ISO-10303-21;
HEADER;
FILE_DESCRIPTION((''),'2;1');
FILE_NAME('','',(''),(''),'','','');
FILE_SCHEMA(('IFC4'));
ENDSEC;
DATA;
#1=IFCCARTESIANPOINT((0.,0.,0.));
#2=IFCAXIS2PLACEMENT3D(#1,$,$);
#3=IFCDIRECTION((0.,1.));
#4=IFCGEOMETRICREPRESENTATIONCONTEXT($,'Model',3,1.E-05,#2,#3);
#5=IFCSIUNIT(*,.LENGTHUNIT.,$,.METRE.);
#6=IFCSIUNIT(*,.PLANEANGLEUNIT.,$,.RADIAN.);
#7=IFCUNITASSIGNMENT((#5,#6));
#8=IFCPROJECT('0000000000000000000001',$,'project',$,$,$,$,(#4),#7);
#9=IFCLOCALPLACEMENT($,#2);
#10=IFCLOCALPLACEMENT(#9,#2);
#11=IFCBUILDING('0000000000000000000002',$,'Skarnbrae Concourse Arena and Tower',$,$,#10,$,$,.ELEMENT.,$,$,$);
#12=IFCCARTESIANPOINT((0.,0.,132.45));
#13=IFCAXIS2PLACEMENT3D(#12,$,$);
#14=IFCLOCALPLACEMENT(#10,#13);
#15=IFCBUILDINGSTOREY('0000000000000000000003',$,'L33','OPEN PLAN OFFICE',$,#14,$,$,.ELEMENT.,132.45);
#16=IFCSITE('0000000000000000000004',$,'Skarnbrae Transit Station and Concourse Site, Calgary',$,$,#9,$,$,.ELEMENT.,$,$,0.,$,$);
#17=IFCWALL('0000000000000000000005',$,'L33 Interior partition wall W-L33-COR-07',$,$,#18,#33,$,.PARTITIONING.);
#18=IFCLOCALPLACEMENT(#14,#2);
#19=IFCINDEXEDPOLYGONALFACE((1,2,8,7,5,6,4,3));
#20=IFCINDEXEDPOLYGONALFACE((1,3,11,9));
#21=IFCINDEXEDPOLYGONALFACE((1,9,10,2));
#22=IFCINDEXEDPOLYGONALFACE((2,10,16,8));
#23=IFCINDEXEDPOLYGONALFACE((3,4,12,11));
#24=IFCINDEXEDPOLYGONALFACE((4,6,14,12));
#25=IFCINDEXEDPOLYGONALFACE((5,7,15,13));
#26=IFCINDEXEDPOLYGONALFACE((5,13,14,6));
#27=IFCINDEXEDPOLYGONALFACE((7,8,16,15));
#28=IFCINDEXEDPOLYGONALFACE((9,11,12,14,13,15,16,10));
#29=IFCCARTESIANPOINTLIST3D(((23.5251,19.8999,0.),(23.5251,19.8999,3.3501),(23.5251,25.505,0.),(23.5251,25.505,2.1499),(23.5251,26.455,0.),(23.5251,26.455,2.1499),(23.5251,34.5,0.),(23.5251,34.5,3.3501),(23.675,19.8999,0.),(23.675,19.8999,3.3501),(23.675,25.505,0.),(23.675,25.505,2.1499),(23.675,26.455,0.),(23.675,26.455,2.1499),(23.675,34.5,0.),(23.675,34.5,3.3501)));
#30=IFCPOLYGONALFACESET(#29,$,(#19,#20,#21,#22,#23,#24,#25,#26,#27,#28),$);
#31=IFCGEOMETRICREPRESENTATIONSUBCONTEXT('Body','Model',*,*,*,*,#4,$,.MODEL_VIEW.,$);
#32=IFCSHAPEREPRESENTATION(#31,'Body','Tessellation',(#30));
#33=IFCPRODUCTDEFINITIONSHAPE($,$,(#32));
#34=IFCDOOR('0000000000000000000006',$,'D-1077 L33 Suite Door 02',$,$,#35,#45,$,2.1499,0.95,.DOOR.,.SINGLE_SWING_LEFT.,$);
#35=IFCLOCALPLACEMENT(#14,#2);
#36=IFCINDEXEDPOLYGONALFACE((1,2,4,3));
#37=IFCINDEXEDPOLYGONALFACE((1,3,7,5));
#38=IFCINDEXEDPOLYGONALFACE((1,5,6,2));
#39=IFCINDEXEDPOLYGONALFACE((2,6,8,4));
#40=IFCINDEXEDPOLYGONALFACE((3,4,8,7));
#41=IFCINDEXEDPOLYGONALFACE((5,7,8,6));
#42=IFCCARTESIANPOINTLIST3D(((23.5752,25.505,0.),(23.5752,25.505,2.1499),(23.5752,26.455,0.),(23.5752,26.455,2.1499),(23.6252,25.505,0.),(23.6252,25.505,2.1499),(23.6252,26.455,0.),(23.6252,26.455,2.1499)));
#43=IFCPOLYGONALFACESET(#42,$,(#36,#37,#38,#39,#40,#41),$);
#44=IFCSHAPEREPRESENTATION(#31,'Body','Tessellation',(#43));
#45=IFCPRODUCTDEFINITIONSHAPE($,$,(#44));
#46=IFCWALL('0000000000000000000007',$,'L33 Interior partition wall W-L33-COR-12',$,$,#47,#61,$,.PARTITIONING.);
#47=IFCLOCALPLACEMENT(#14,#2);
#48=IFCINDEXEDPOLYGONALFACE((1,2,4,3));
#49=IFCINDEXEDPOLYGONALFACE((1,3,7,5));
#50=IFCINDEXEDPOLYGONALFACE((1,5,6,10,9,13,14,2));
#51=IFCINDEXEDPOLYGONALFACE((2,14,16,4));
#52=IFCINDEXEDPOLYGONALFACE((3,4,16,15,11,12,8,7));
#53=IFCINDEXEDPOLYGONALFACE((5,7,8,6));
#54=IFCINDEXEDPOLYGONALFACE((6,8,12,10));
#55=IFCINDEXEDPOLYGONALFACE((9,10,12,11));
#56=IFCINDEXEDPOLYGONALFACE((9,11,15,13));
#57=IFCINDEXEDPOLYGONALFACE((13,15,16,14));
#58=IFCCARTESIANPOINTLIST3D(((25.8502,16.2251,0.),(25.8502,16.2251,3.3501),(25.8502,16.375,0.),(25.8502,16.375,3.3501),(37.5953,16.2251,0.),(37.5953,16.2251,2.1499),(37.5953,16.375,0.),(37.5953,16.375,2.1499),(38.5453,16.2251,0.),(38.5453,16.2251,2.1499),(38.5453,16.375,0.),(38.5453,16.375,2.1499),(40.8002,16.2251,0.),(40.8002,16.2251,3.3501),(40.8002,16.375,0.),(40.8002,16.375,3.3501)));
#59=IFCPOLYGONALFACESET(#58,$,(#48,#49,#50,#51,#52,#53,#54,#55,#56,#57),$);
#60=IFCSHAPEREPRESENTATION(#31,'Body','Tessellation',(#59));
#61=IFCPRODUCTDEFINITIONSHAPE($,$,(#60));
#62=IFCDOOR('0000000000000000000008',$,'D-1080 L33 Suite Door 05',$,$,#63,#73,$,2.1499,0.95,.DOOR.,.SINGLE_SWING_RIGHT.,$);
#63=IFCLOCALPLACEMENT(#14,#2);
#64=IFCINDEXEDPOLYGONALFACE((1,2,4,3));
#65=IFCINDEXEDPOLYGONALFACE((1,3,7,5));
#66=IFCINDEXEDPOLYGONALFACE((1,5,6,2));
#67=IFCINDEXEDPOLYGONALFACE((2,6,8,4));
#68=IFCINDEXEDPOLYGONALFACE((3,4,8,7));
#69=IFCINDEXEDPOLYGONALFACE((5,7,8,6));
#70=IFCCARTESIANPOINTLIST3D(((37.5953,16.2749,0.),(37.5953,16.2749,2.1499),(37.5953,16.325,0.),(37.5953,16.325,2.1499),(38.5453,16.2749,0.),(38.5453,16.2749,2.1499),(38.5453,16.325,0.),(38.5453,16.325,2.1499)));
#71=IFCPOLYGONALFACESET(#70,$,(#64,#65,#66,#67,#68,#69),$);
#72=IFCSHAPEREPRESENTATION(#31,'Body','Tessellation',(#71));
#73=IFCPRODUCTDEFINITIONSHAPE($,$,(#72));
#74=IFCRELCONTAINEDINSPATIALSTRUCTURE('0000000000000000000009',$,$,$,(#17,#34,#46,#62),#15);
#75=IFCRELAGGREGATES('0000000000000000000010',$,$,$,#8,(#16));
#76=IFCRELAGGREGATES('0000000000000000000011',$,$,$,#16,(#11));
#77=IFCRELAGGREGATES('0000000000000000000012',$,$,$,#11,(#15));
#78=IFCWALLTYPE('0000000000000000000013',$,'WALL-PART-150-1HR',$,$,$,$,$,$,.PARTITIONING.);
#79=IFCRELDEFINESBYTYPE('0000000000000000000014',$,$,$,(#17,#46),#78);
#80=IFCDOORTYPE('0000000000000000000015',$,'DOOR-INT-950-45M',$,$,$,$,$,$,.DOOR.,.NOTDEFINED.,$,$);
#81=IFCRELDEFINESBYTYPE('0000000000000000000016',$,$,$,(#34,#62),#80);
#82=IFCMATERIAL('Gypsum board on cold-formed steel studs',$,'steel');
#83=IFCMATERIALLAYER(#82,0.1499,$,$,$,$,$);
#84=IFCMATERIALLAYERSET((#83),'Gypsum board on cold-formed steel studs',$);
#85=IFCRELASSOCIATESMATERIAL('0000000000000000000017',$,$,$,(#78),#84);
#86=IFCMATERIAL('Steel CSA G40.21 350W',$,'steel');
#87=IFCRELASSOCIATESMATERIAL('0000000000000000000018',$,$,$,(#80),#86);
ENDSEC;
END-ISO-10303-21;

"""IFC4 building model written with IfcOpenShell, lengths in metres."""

from ifc_helpers import new_model, si_unit, direction, frame, frame_2d, origin, place, context, subcontext, project, spatial, rectangle, extrude, source, transform, mapped, material, layer, layer_set, type_object, element, fill, save


model = new_model("IFC4")

# Units and contexts
model_context = context("Model", 3, precision=1e-05, world=origin(), true_north=direction((0.0, 1.0)))
body_context = subcontext(model_context, "Body", "Model", "MODEL_VIEW")
ifc_project = project(units=[si_unit("LENGTHUNIT", "METRE"), si_unit("PLANEANGLEUNIT", "RADIAN")], contexts=[model_context])

# Site, building, storey
site_placement = place(None, origin())
site = spatial("IfcSite", under=ifc_project, at=site_placement, Name="Skarnbrae Transit Station and Concourse Site, Calgary", CompositionType="ELEMENT", RefElevation=0.0)
building_placement = place(site_placement, origin())
building = spatial("IfcBuilding", under=site, at=building_placement, Name="Skarnbrae Concourse Arena and Tower", CompositionType="ELEMENT")
storey_placement = place(building_placement, frame((0.0, 0.0, 132.45)))
storey = spatial("IfcBuildingStorey", under=building, at=storey_placement, Name="L33", Description="OPEN PLAN OFFICE", CompositionType="ELEMENT", Elevation=132.45)

# Shared definitions
ifc_material_1 = material(Name="Steel CSA G40.21 350W", Category="steel")

# Shared definitions
ifc_material_2 = material(Name="Gypsum board on cold-formed steel studs", Category="steel")
ifc_layer_1 = layer(ifc_material_2, 0.1499)
ifc_layer_set_1 = layer_set([ifc_layer_1], Name="Gypsum board on cold-formed steel studs")
wall_type_1 = type_object("IfcWallType", Name="WALL-PART-150-1HR", PredefinedType="PARTITIONING", material=ifc_layer_set_1)

# Walls, openings, doors
shared_shape_1 = source(origin(), body_context, "Body", "SweptSolid", [
    extrude(rectangle(XDim=14.6001, YDim=0.1499, at=frame_2d((7.3, 0.0))), origin(), (0.0, 0.0, 1.0), 3.3501),
])
wall_1_placement = place(storey_placement, frame((23.6001, 19.8999, 0.0), z_axis=(0.0, 0.0, 1.0), x_axis=(0.0, 1.0, 0.0)))
wall_1 = element("IfcWall", 1, at=wall_1_placement, inside=storey, type_object=wall_type_1, Name="L33 Interior partition wall W-L33-COR-07", PredefinedType="PARTITIONING", context=body_context, shape_type="MappedRepresentation", body=[
    mapped(shared_shape_1, transform((0.0, 0.0, 0.0))),
])
opening_1_placement = place(wall_1_placement, frame((5.605, 0.0, 0.0)))
opening_1 = element("IfcOpeningElement", 2, at=opening_1_placement, cuts=wall_1, PredefinedType="OPENING", context=body_context, shape_type="SweptSolid", body=[
    extrude(rectangle(XDim=0.95, YDim=2.1499, at=frame_2d((0.4751, 1.075))), frame((0.0, 0.085, 0.0), z_axis=(0.0, -1.0, 0.0), x_axis=(1.0, 0.0, 0.0)), (0.0, 0.0, 1.0), 0.1699),
])
door_type_1 = type_object("IfcDoorType", Name="DOOR-INT-950-45M", OperationType="NOTDEFINED", PredefinedType="DOOR", material=ifc_material_1)
shared_shape_2 = source(origin(), body_context, "Body", "SweptSolid", [
    extrude(rectangle(XDim=0.95, YDim=2.1499, at=frame_2d((0.4751, 1.075))), frame((0.0, 0.0249, 0.0), z_axis=(0.0, -1.0, 0.0), x_axis=(1.0, 0.0, 0.0)), (0.0, 0.0, 1.0), 0.05),
])
door_1_placement = place(opening_1_placement, origin())
door_1 = element("IfcDoor", 3, at=door_1_placement, inside=storey, type_object=door_type_1, Name="D-1077 L33 Suite Door 02", OperationType="SINGLE_SWING_LEFT", OverallHeight=2.1499, OverallWidth=0.95, PredefinedType="DOOR", context=body_context, shape_type="MappedRepresentation", body=[
    mapped(shared_shape_2, transform((0.0, 0.0, 0.0))),
])
fill(opening_1, door_1)
shared_shape_3 = source(origin(), body_context, "Body", "SweptSolid", [
    extrude(rectangle(XDim=14.95, YDim=0.1499, at=frame_2d((7.4751, 0.0))), origin(), (0.0, 0.0, 1.0), 3.3501),
])
wall_2_placement = place(storey_placement, frame((25.8501, 16.3, 0.0), z_axis=(0.0, 0.0, 1.0), x_axis=(1.0, 0.0, 0.0)))
wall_2 = element("IfcWall", 4, at=wall_2_placement, inside=storey, type_object=wall_type_1, Name="L33 Interior partition wall W-L33-COR-12", PredefinedType="PARTITIONING", context=body_context, shape_type="MappedRepresentation", body=[
    mapped(shared_shape_3, transform((0.0, 0.0, 0.0))),
])
opening_2_placement = place(wall_2_placement, frame((11.7451, 0.0, 0.0)))
opening_2 = element("IfcOpeningElement", 5, at=opening_2_placement, cuts=wall_2, PredefinedType="OPENING", context=body_context, shape_type="SweptSolid", body=[
    extrude(rectangle(XDim=0.95, YDim=2.1499, at=frame_2d((0.4751, 1.075))), frame((0.0, 0.085, 0.0), z_axis=(0.0, -1.0, 0.0), x_axis=(1.0, 0.0, 0.0)), (0.0, 0.0, 1.0), 0.1699),
])
door_2_placement = place(opening_2_placement, origin())
door_2 = element("IfcDoor", 6, at=door_2_placement, inside=storey, type_object=door_type_1, Name="D-1080 L33 Suite Door 05", OperationType="SINGLE_SWING_RIGHT", OverallHeight=2.1499, OverallWidth=0.95, PredefinedType="DOOR", context=body_context, shape_type="MappedRepresentation", body=[
    mapped(shared_shape_2, transform((0.0, 0.0, 0.0))),
])
fill(opening_2, door_2)

save(model, "model.ifc")
